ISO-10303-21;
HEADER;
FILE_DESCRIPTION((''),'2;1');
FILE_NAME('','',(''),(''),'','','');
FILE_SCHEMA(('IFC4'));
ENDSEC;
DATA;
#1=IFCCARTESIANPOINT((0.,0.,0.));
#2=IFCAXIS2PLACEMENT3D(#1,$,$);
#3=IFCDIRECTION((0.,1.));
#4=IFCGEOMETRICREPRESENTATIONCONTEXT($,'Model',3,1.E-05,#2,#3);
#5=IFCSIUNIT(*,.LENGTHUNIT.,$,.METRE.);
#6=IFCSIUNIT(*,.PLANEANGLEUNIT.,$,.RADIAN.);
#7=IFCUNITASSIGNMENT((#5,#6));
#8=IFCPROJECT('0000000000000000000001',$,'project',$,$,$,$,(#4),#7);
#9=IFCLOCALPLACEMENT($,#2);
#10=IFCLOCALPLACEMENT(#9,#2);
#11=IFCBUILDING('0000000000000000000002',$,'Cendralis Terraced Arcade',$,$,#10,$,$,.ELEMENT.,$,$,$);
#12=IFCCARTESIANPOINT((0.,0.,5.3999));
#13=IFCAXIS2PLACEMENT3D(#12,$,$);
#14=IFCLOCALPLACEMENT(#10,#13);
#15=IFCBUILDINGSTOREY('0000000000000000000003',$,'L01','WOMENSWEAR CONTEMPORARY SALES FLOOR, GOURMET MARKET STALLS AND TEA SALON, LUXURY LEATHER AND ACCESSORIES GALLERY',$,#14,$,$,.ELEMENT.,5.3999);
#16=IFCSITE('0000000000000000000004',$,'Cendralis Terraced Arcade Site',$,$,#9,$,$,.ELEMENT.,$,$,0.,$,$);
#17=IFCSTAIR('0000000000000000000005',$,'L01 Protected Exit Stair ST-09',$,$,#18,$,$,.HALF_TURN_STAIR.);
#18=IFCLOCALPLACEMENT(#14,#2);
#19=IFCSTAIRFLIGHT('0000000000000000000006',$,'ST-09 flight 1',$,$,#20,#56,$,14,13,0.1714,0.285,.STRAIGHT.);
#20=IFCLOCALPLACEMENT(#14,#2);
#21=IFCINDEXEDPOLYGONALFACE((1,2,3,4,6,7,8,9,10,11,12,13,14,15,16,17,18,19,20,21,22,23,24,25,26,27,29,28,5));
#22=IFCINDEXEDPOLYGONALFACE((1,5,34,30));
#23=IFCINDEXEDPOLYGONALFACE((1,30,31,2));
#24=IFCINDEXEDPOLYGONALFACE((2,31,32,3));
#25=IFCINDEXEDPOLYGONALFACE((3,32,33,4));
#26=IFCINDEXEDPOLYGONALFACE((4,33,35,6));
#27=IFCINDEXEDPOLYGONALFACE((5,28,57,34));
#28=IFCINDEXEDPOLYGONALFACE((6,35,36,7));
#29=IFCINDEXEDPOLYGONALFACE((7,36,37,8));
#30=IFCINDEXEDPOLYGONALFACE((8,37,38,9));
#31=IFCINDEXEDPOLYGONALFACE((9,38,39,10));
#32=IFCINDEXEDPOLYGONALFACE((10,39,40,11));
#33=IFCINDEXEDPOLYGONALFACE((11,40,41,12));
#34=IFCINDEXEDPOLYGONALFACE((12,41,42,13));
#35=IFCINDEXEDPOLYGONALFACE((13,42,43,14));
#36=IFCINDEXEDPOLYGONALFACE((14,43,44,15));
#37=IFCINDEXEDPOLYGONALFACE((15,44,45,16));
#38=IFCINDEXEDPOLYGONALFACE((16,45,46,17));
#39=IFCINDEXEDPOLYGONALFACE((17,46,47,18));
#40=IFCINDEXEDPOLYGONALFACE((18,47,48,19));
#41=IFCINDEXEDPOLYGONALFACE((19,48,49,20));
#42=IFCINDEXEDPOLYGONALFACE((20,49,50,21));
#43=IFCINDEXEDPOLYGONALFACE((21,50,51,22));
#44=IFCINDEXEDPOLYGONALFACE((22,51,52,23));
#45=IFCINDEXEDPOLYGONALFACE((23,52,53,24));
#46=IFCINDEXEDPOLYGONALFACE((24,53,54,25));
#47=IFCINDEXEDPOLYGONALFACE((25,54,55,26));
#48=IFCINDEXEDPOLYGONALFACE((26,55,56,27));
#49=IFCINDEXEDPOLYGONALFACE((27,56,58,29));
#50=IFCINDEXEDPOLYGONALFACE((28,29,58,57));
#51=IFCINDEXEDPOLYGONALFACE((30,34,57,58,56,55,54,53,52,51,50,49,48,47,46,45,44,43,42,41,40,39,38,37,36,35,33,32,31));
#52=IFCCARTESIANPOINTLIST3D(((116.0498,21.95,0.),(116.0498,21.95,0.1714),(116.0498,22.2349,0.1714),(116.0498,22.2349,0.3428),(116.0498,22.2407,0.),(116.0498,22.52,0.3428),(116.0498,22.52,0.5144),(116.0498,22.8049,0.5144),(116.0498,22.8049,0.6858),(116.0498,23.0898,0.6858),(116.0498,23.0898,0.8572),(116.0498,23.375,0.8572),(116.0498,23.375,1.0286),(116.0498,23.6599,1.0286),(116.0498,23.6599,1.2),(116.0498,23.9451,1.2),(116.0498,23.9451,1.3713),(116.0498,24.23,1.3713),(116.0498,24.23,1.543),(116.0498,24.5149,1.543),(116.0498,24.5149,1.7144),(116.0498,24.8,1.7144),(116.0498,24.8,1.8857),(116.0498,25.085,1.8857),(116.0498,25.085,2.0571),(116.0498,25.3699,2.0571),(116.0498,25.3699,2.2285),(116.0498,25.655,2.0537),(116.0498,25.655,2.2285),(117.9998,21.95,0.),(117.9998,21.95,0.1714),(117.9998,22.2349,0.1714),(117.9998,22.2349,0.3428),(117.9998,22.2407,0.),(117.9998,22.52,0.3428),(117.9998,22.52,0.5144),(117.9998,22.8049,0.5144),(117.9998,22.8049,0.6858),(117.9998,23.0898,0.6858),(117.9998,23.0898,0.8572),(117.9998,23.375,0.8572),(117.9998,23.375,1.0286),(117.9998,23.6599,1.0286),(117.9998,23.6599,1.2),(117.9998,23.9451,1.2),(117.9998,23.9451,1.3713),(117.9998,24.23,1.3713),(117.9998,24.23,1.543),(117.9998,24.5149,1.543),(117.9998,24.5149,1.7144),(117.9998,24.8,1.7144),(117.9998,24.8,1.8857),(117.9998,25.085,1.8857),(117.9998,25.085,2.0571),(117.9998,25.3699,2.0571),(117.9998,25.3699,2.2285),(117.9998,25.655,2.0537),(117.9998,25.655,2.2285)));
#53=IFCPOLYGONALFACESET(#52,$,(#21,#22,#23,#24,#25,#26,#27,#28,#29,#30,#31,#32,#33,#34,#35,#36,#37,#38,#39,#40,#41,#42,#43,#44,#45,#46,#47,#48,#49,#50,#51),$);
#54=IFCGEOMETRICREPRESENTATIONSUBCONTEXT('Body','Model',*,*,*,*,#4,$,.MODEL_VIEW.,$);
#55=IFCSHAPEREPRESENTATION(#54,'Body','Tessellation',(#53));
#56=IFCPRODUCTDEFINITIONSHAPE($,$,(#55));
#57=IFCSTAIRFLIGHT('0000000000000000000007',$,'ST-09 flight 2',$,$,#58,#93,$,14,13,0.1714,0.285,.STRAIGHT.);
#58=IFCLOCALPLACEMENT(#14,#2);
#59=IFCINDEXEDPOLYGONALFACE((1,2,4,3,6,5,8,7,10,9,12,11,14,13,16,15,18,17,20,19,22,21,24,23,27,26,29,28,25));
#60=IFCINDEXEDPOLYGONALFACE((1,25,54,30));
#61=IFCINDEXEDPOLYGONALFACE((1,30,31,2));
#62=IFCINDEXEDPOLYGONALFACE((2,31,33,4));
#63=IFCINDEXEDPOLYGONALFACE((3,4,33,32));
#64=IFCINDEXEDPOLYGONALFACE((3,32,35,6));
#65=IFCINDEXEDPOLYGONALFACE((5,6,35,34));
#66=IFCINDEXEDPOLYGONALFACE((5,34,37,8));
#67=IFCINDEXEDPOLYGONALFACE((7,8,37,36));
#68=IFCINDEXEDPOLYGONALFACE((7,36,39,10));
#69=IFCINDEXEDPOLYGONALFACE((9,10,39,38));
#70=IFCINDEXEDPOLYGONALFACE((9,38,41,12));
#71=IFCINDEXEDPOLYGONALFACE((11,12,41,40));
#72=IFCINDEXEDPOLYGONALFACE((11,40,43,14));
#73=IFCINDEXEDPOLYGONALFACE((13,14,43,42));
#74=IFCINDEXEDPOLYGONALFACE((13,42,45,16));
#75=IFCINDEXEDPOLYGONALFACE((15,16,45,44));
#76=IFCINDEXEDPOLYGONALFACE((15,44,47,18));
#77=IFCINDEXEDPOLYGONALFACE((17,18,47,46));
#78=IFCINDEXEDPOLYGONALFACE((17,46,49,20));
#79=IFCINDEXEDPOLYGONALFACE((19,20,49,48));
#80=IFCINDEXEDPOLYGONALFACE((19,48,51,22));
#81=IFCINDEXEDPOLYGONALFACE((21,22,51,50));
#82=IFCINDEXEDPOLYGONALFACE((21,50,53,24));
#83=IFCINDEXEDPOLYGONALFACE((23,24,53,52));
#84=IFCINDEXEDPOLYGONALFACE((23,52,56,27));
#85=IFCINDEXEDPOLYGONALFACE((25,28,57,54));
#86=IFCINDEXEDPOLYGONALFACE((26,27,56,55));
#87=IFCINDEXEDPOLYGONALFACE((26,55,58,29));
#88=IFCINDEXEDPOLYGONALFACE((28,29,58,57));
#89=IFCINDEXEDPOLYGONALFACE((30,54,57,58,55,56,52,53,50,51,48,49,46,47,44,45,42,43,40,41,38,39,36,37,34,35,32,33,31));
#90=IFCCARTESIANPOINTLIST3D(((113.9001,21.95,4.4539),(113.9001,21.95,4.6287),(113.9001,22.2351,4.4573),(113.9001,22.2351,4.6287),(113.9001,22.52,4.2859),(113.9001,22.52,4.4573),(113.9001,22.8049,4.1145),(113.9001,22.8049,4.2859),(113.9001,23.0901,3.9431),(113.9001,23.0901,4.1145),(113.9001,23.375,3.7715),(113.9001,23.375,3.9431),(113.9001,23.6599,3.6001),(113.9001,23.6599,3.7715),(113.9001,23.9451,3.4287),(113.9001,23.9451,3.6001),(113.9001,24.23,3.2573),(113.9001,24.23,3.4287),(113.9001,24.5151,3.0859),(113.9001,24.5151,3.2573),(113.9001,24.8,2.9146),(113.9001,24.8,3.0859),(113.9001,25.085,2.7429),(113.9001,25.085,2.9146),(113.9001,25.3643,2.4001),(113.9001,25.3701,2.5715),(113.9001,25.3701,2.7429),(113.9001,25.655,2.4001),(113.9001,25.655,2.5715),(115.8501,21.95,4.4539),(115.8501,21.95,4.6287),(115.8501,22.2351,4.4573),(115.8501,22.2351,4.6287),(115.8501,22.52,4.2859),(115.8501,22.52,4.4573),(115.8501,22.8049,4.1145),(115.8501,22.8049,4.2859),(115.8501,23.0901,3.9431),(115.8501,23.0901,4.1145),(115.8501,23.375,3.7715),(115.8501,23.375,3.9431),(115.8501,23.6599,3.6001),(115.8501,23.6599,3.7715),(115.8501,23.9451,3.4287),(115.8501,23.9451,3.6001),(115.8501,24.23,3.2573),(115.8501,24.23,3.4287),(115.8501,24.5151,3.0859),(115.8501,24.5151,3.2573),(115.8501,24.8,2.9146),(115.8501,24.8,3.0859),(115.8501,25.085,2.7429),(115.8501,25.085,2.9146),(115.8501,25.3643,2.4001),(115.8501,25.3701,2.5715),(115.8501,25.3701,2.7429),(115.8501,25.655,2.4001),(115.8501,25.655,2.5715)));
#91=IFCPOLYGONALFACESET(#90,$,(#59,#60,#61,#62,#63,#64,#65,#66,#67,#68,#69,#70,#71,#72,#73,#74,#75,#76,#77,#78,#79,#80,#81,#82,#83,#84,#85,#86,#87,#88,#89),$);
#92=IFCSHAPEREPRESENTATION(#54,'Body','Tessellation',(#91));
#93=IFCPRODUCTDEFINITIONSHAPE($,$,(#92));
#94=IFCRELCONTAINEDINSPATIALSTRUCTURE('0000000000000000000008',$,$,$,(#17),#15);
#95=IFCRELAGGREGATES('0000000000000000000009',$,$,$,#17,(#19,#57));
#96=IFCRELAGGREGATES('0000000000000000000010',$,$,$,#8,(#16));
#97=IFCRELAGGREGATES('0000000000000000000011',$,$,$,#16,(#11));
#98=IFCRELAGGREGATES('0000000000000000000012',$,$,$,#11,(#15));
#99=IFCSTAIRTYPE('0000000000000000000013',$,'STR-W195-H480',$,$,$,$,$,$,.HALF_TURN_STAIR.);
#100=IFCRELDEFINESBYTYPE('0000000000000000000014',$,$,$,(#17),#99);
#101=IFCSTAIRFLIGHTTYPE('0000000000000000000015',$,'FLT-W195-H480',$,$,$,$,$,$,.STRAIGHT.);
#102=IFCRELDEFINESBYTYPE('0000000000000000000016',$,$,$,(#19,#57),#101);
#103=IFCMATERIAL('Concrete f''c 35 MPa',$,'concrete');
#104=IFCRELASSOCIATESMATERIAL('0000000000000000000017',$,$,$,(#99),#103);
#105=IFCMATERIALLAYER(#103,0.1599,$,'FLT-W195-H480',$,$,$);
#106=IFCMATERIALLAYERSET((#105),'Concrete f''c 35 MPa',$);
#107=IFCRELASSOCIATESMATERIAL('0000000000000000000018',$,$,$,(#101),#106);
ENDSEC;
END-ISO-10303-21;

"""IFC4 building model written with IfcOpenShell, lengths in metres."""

from ifc_helpers import new_model, si_unit, direction, frame, origin, place, context, subcontext, project, spatial, polyline, outline, extrude, material, layer, layer_set, type_object, element, aggregate, save


model = new_model("IFC4")

# Units and contexts
model_context = context("Model", 3, precision=1e-05, world=origin(), true_north=direction((0.0, 1.0)))
body_context = subcontext(model_context, "Body", "Model", "MODEL_VIEW")
ifc_project = project(units=[si_unit("LENGTHUNIT", "METRE"), si_unit("PLANEANGLEUNIT", "RADIAN")], contexts=[model_context])

# Site, building, storey
site_placement = place(None, origin())
site = spatial("IfcSite", under=ifc_project, at=site_placement, Name="Cendralis Terraced Arcade Site", CompositionType="ELEMENT", RefElevation=0.0)
building_placement = place(site_placement, origin())
building = spatial("IfcBuilding", under=site, at=building_placement, Name="Cendralis Terraced Arcade", CompositionType="ELEMENT")
storey_placement = place(building_placement, frame((0.0, 0.0, 5.3999)))
storey = spatial("IfcBuildingStorey", under=building, at=storey_placement, Name="L01", Description="WOMENSWEAR CONTEMPORARY SALES FLOOR, GOURMET MARKET STALLS AND TEA SALON, LUXURY LEATHER AND ACCESSORIES GALLERY", CompositionType="ELEMENT", Elevation=5.3999)

# Shared definitions
ifc_material_1 = material(Name="Concrete f'c 35 MPa", Category="concrete")

# Stair, stair flights
stair_type = type_object("IfcStairType", Name="STR-W195-H480", PredefinedType="HALF_TURN_STAIR", material=ifc_material_1)
stair_placement = place(storey_placement, origin())
stair = element("IfcStair", 1, at=stair_placement, inside=storey, type_object=stair_type, Name="L01 Protected Exit Stair ST-09", PredefinedType="HALF_TURN_STAIR")
ifc_layer_1 = layer(ifc_material_1, 0.1599, Name="FLT-W195-H480")
ifc_layer_set_1 = layer_set([ifc_layer_1], Name="Concrete f'c 35 MPa")
stair_flight_type = type_object("IfcStairFlightType", Name="FLT-W195-H480", PredefinedType="STRAIGHT", material=ifc_layer_set_1)
stair_flight_1_placement = place(storey_placement, frame((117.0249, 21.95, 0.0), z_axis=(0.0, 0.0, 1.0), x_axis=(0.0, 1.0, 0.0)))
stair_flight_1 = element("IfcStairFlight", 2, at=stair_flight_1_placement, type_object=stair_flight_type, Name="ST-09 flight 1", NumberOfRisers=14, NumberOfTreads=13, PredefinedType="STRAIGHT", RiserHeight=0.1714, TreadLength=0.285, context=body_context, shape_type="SweptSolid", body=[
    extrude(outline(polyline([(0.0, 0.0), (0.0, 0.1714), (0.2849, 0.1714), (0.2849, 0.3428), (0.5701, 0.3428), (0.5701, 0.5144), (0.855, 0.5144), (0.855, 0.6858), (1.1399, 0.6858), (1.1399, 0.8572), (1.425, 0.8572), (1.425, 1.0286), (1.71, 1.0286), (1.71, 1.2), (1.9951, 1.2), (1.9951, 1.3713), (2.28, 1.3713), (2.28, 1.543), (2.5649, 1.543), (2.5649, 1.7144), (2.8501, 1.7144), (2.8501, 1.8857), (3.135, 1.8857), (3.135, 2.0571), (3.4199, 2.0571), (3.4199, 2.2285), (3.7051, 2.2285), (3.7051, 2.3999), (3.7051, 2.0537), (0.2908, 0.0), (0.0, 0.0)])), frame((0.0, 0.9751, 0.0), z_axis=(0.0, -1.0, 0.0), x_axis=(1.0, 0.0, 0.0)), (0.0, 0.0, 1.0), 1.95),
])
stair_flight_2_placement = place(storey_placement, frame((114.875, 25.655, 2.4001), z_axis=(0.0, 0.0, 1.0), x_axis=(0.0, -1.0, 0.0)))
stair_flight_2 = element("IfcStairFlight", 3, at=stair_flight_2_placement, type_object=stair_flight_type, Name="ST-09 flight 2", NumberOfRisers=14, NumberOfTreads=13, PredefinedType="STRAIGHT", RiserHeight=0.1714, TreadLength=0.285, context=body_context, shape_type="SweptSolid", body=[
    extrude(outline(polyline([(0.0, 0.0), (0.0, 0.1714), (0.2849, 0.1714), (0.2849, 0.3428), (0.5701, 0.3428), (0.5701, 0.5144), (0.855, 0.5144), (0.855, 0.6858), (1.1399, 0.6858), (1.1399, 0.8572), (1.425, 0.8572), (1.425, 1.0286), (1.71, 1.0286), (1.71, 1.2), (1.9951, 1.2), (1.9951, 1.3713), (2.28, 1.3713), (2.28, 1.543), (2.5649, 1.543), (2.5649, 1.7144), (2.8501, 1.7144), (2.8501, 1.8857), (3.135, 1.8857), (3.135, 2.0571), (3.4199, 2.0571), (3.4199, 2.2285), (3.7051, 2.2285), (3.7051, 2.3999), (3.7051, 2.0537), (0.2908, 0.0), (0.0, 0.0)])), frame((0.0, 0.9751, 0.0), z_axis=(0.0, -1.0, 0.0), x_axis=(1.0, 0.0, 0.0)), (0.0, 0.0, 1.0), 1.95),
])
aggregate(stair, [stair_flight_1, stair_flight_2])

save(model, "model.ifc")
